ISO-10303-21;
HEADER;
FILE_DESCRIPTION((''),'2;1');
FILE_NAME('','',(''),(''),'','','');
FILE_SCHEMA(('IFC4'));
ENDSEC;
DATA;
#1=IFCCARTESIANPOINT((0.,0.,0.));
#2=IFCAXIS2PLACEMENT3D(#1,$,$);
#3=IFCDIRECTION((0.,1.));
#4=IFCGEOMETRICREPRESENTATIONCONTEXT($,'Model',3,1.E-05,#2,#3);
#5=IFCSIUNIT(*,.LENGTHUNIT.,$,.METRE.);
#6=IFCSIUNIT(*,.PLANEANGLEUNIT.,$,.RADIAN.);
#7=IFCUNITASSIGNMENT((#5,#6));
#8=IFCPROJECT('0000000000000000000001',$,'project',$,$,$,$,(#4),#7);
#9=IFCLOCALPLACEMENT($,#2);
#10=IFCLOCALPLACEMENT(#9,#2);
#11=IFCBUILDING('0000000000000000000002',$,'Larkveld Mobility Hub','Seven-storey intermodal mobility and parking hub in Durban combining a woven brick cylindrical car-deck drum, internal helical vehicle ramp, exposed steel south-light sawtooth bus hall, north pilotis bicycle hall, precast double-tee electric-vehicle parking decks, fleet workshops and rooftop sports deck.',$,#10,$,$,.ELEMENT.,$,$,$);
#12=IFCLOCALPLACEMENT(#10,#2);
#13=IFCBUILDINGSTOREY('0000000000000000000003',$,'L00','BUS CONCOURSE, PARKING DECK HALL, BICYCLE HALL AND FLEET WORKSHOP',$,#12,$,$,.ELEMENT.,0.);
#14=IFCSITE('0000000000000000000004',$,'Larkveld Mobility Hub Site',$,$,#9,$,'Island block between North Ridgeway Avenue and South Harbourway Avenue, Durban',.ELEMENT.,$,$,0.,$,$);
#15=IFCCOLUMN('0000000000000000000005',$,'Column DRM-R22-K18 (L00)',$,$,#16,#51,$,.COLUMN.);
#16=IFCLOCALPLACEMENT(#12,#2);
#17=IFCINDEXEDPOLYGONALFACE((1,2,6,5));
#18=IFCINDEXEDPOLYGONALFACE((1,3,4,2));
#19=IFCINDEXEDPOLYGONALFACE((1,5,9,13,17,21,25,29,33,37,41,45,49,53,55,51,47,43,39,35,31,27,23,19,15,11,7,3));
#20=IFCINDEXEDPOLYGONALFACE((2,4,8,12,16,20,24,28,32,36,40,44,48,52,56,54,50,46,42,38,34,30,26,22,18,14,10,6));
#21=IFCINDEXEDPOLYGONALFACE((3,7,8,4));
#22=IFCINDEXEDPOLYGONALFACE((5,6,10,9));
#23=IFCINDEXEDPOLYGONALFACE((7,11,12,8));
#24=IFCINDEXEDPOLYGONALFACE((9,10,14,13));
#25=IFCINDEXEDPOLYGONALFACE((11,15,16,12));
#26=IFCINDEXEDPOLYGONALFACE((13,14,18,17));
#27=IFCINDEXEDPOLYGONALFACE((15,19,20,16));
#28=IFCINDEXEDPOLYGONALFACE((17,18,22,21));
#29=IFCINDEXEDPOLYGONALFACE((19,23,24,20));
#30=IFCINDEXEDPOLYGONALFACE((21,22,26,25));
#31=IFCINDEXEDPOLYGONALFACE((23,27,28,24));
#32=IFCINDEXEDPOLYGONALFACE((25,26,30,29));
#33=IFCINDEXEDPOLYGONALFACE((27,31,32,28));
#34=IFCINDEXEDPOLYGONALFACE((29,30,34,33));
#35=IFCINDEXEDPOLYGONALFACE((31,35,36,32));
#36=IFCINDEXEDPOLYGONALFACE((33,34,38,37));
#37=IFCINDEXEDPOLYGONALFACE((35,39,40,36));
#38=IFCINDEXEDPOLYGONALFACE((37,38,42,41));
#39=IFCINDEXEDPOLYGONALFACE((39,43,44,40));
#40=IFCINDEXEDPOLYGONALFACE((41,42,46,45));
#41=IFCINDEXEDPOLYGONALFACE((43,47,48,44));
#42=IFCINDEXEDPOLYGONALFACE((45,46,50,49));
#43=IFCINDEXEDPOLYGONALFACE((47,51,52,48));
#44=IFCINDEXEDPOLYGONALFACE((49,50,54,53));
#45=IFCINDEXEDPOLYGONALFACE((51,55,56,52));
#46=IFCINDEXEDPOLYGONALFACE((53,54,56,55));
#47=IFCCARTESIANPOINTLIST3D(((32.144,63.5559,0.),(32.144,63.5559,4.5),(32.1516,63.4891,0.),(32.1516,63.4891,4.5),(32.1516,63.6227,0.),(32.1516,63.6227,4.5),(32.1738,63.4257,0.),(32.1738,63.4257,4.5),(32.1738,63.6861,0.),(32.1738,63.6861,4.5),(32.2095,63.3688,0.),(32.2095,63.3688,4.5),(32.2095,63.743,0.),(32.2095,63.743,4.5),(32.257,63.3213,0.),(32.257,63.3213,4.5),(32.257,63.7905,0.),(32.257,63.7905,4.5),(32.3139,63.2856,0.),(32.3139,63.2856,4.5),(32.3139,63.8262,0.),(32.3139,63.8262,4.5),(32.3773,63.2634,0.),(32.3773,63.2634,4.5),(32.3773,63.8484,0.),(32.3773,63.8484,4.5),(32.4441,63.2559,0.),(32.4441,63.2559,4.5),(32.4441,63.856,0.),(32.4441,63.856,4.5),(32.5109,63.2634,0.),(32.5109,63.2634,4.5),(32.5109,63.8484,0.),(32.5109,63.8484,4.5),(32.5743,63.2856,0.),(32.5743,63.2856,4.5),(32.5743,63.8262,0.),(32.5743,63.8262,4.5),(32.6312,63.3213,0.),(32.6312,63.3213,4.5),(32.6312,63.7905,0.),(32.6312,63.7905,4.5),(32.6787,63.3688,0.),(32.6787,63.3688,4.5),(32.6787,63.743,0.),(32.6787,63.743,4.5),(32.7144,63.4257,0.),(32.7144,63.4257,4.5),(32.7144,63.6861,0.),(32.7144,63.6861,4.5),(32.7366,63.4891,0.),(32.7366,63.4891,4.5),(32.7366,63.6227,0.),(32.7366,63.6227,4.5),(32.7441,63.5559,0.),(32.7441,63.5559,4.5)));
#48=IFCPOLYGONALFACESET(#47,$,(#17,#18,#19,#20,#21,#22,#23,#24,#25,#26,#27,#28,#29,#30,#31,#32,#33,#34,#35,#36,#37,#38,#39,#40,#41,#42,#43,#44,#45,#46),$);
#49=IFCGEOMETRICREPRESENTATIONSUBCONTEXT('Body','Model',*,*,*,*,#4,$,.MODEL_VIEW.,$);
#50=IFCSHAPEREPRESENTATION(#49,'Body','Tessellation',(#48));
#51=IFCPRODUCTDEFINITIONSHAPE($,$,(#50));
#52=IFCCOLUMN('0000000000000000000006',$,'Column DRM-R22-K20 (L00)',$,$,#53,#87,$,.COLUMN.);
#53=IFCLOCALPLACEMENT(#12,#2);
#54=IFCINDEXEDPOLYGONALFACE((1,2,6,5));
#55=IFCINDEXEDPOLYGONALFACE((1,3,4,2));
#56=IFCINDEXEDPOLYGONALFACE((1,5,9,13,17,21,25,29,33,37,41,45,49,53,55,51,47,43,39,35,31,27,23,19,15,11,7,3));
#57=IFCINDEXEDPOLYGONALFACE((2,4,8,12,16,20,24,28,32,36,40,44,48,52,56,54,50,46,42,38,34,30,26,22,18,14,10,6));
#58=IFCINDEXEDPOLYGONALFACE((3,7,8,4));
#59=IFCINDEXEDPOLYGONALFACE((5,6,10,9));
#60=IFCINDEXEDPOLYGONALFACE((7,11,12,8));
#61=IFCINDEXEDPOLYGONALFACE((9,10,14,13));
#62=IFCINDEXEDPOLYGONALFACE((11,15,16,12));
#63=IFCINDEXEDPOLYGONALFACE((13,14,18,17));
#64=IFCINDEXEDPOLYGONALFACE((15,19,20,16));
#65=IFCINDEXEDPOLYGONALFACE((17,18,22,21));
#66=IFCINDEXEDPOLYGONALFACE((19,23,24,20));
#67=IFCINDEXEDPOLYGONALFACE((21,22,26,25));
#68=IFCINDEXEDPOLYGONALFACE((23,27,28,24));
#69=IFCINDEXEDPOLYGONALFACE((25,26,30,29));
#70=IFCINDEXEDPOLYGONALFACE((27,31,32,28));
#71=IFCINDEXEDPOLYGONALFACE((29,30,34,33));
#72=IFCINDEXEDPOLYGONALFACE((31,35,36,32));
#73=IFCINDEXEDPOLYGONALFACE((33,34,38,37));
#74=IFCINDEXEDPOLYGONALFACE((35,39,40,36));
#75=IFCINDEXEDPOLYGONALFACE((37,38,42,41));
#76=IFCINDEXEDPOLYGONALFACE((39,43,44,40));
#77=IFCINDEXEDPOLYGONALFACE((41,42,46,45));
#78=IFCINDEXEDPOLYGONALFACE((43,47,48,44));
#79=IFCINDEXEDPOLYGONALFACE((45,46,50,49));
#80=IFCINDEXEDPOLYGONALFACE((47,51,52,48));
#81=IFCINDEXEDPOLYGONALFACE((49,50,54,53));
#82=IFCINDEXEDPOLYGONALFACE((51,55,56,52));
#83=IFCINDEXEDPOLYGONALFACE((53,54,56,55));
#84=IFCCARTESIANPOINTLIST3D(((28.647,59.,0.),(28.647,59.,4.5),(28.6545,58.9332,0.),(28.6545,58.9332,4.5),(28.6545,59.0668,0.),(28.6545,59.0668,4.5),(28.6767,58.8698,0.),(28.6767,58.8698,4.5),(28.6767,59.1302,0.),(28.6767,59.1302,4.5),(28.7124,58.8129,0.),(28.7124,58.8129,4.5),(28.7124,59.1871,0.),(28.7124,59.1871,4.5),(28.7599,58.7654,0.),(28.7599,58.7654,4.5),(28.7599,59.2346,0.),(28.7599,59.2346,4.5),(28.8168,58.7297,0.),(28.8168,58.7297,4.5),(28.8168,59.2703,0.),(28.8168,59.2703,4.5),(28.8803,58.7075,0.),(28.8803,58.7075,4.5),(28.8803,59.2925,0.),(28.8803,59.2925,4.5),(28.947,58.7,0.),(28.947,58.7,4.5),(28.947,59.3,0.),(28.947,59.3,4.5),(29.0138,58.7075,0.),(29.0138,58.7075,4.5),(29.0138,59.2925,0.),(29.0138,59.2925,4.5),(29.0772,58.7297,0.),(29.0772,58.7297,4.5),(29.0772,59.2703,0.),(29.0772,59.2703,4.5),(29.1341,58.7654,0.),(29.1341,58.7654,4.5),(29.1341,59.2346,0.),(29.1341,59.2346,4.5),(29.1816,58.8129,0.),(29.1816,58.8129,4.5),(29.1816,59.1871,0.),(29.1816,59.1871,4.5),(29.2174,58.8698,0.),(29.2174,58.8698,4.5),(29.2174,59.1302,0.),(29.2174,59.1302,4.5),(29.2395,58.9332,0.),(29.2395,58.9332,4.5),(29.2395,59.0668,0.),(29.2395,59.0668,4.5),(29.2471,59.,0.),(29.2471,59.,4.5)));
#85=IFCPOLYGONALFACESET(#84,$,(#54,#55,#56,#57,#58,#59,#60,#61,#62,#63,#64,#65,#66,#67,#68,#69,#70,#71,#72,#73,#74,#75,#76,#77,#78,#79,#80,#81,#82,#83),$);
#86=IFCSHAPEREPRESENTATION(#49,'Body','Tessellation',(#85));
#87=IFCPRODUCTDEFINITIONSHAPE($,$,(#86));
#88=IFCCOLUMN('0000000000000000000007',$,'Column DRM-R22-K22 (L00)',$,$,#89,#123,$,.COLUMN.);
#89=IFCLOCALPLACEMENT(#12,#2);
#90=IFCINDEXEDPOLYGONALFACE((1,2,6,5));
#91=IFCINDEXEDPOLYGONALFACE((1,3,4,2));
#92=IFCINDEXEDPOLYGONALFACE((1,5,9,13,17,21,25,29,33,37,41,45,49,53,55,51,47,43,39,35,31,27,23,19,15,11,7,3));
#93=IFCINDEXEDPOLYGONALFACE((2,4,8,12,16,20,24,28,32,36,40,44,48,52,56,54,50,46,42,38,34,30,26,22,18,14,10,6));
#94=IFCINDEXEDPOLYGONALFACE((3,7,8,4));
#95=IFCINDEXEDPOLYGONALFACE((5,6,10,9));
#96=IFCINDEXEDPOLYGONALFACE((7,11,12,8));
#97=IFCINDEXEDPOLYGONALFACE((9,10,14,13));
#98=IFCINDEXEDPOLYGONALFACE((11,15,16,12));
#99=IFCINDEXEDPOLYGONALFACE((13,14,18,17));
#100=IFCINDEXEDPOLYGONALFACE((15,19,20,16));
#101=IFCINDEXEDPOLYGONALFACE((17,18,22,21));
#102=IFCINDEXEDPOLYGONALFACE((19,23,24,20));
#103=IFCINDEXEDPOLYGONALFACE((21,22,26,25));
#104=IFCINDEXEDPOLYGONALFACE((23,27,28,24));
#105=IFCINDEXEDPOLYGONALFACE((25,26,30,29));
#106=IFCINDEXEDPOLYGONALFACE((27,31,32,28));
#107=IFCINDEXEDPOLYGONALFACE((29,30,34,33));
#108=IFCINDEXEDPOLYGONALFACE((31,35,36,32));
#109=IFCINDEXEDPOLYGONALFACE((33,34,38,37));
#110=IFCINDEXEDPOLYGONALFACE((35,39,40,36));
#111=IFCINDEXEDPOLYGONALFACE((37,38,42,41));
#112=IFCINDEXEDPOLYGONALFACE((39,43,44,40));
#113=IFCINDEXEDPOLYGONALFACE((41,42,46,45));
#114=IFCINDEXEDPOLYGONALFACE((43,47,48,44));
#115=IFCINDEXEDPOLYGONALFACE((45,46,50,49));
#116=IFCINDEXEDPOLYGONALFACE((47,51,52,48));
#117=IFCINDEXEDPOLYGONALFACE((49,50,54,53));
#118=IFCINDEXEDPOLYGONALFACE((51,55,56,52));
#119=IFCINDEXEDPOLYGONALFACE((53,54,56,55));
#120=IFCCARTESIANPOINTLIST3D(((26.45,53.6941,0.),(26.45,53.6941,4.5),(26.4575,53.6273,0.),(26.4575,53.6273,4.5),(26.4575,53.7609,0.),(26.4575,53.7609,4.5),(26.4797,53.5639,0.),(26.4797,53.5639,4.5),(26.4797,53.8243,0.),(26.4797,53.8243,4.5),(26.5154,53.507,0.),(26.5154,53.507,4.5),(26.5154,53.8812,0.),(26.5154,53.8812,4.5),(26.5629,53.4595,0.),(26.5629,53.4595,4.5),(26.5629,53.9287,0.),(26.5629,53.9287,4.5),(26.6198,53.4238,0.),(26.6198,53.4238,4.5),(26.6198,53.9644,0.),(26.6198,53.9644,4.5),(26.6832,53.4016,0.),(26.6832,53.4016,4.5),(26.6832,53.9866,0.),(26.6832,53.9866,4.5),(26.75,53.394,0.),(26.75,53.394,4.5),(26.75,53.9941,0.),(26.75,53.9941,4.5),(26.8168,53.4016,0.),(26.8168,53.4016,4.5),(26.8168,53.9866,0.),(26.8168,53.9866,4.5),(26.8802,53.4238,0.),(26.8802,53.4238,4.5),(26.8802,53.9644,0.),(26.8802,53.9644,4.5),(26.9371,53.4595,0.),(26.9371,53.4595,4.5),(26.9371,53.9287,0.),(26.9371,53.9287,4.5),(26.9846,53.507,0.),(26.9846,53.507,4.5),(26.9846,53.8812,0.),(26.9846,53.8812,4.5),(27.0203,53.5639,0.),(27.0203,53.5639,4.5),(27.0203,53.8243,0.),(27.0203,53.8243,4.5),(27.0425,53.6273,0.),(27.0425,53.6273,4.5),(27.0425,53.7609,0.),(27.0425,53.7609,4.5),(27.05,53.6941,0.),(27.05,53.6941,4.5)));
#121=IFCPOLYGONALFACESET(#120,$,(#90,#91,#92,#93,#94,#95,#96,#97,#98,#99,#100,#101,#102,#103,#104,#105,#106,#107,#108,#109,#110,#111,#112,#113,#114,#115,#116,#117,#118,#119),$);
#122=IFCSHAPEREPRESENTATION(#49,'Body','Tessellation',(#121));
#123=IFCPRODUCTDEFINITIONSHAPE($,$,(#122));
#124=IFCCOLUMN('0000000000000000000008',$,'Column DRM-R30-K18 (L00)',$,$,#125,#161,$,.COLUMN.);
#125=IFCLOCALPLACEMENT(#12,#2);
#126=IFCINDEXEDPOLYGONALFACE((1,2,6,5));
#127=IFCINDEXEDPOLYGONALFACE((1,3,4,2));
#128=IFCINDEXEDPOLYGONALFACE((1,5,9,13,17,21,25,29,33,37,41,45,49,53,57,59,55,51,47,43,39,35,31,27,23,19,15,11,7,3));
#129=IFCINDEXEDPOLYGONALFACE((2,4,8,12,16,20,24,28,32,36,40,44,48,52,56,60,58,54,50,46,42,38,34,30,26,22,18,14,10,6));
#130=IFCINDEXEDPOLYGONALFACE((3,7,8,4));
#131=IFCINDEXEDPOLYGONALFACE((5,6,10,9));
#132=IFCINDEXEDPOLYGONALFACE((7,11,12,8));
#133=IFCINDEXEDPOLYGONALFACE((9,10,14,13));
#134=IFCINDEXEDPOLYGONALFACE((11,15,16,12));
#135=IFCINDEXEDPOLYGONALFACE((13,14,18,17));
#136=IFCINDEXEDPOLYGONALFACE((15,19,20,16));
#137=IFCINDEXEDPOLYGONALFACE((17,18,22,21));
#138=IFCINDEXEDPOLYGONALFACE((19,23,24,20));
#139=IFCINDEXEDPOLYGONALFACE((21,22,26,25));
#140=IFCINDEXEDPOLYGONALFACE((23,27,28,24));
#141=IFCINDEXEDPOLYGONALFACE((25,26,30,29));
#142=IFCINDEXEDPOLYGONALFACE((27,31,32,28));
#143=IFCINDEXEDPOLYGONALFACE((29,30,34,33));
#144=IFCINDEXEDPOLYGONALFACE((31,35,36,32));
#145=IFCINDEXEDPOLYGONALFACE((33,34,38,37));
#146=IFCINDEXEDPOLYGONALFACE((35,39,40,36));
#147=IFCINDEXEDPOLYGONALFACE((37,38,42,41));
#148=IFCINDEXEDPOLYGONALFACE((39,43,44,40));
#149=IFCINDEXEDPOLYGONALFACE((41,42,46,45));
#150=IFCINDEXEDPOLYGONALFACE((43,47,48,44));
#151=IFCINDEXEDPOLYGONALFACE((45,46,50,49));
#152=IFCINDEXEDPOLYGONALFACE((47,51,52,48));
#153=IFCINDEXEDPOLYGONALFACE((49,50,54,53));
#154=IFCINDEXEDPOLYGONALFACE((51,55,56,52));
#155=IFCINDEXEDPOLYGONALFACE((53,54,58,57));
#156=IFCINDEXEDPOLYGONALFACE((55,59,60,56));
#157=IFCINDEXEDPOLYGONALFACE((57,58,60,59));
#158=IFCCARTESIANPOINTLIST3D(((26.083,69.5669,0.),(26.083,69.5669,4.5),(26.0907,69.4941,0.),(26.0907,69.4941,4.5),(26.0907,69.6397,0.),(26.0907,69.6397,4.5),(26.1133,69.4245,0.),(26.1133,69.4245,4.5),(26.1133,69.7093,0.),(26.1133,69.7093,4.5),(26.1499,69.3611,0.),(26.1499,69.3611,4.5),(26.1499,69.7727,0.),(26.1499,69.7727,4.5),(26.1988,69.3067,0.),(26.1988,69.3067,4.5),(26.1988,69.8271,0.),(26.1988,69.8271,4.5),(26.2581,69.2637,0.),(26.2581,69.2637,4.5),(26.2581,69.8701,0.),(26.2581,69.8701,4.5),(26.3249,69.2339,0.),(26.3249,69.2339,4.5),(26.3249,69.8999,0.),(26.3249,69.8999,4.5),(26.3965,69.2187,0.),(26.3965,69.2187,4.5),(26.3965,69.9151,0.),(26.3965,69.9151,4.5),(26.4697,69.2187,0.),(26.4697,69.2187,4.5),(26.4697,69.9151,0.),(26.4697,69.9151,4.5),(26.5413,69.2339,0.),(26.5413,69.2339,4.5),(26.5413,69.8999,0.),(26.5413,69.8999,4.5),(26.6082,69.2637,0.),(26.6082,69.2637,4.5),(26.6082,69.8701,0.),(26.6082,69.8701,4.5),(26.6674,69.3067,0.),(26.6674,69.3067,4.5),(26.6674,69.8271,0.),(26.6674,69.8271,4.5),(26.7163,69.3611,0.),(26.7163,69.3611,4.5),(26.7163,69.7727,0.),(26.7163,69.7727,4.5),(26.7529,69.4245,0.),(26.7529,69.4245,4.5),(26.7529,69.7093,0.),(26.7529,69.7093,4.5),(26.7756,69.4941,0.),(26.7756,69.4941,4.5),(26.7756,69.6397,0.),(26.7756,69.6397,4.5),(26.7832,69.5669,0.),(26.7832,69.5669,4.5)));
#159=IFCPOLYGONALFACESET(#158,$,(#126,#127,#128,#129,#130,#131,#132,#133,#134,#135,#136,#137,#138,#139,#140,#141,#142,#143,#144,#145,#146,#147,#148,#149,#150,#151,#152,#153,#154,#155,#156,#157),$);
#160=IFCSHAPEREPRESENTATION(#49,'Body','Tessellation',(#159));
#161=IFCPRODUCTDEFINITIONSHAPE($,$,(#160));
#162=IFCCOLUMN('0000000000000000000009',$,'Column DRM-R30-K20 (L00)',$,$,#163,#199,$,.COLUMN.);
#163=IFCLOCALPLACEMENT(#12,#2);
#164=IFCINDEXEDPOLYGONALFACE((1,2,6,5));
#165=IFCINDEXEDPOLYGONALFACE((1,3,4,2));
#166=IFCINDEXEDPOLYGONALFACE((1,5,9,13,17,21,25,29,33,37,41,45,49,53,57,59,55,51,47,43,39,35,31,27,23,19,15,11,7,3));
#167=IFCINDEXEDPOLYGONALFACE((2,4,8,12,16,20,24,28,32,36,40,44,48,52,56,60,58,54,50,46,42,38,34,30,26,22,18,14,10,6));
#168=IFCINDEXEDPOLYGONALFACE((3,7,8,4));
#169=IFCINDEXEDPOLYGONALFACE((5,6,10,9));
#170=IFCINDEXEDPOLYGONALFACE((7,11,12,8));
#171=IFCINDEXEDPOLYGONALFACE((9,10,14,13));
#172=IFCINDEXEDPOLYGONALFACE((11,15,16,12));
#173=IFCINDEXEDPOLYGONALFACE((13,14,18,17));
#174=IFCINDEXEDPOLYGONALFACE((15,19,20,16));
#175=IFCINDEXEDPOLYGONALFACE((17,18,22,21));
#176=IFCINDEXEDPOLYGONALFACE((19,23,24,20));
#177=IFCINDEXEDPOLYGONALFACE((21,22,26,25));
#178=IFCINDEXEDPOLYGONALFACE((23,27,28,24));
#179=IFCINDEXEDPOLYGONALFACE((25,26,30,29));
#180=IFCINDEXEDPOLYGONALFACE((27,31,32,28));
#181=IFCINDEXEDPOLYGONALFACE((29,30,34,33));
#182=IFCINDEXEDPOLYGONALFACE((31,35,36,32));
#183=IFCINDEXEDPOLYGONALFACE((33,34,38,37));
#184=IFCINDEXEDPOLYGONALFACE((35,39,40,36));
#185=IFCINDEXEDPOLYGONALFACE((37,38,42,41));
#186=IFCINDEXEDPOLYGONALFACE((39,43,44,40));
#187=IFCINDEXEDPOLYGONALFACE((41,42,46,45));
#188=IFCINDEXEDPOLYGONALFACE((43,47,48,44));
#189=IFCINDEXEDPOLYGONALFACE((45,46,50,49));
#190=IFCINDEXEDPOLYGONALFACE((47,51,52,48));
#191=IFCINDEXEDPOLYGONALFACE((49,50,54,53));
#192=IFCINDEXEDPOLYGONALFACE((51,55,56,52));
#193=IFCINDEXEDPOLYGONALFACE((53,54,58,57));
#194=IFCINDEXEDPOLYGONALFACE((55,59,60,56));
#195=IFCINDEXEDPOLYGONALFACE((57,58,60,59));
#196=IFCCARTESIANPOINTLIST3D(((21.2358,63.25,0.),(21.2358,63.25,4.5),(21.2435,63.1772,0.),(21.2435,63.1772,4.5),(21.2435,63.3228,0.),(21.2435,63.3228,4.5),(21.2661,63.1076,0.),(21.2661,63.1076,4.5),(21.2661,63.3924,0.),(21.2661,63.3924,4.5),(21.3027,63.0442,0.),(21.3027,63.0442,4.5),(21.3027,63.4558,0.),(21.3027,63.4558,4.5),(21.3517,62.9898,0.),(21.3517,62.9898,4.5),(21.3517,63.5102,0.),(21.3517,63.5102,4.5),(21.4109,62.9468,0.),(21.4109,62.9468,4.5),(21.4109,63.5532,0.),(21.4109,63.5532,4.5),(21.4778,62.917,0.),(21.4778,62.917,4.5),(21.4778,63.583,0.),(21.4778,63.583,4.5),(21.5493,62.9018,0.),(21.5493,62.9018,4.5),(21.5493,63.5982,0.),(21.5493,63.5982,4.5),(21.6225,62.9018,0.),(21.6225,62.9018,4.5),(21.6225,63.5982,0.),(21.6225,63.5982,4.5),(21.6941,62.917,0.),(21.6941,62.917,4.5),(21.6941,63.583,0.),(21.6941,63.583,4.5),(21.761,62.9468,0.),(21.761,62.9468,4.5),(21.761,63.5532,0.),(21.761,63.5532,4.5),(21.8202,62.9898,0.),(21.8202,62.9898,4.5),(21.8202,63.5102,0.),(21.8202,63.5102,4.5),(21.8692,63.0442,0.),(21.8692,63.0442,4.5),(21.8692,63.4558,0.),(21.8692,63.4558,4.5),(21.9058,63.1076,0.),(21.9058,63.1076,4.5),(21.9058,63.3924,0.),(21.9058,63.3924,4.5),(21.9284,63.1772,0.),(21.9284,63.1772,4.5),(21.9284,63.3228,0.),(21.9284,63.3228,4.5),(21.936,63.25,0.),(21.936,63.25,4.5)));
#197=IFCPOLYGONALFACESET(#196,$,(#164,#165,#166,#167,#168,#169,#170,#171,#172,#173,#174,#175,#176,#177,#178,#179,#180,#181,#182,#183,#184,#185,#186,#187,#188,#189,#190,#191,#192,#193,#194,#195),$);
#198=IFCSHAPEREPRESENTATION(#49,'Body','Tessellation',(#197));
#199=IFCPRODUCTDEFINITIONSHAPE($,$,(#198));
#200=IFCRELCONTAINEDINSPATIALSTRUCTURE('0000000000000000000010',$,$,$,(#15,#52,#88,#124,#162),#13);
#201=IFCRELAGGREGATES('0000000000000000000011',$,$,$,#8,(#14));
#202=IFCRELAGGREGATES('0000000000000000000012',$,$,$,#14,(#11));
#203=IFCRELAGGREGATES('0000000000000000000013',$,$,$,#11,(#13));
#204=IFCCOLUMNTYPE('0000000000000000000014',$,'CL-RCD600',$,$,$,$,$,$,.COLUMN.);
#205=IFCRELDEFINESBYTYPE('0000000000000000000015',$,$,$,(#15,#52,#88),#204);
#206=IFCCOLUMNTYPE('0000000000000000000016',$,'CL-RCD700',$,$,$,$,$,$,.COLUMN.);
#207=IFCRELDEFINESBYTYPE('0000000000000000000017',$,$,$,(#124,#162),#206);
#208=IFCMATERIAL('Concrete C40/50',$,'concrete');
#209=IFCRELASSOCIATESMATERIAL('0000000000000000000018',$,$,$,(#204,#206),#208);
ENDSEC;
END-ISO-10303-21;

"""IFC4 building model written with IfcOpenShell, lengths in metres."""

from ifc_helpers import new_model, si_unit, direction, frame, origin, origin_2d, place, context, subcontext, project, spatial, circle, extrude, material, material_profile, profile_set, type_object, element, save


model = new_model("IFC4")

# Units and contexts
model_context = context("Model", 3, precision=1e-05, world=origin(), true_north=direction((0.0, 1.0)))
body_context = subcontext(model_context, "Body", "Model", "MODEL_VIEW")
ifc_project = project(units=[si_unit("LENGTHUNIT", "METRE"), si_unit("PLANEANGLEUNIT", "RADIAN")], contexts=[model_context])

# Site, building, storey
site_placement = place(None, origin())
site = spatial("IfcSite", under=ifc_project, at=site_placement, Name="Larkveld Mobility Hub Site", LongName="Island block between North Ridgeway Avenue and South Harbourway Avenue, Durban", CompositionType="ELEMENT", RefElevation=0.0)
building_placement = place(site_placement, origin())
building = spatial("IfcBuilding", under=site, at=building_placement, Name="Larkveld Mobility Hub", Description="Seven-storey intermodal mobility and parking hub in Durban combining a woven brick cylindrical car-deck drum, internal helical vehicle ramp, exposed steel south-light sawtooth bus hall, north pilotis bicycle hall, precast double-tee electric-vehicle parking decks, fleet workshops and rooftop sports deck.", CompositionType="ELEMENT")
storey_placement = place(building_placement, origin())
storey = spatial("IfcBuildingStorey", under=building, at=storey_placement, Name="L00", Description="BUS CONCOURSE, PARKING DECK HALL, BICYCLE HALL AND FLEET WORKSHOP", CompositionType="ELEMENT", Elevation=0.0)

# Columns
ifc_material_1 = material(Name="Concrete C40/50", Category="concrete")
ifc_material_profile_1 = material_profile(ifc_material_1, circle(Radius=0.3, at=origin_2d()), Name="RC COL D600")
ifc_profile_set_1 = profile_set([ifc_material_profile_1], Name="Concrete C40/50")
column_type_1 = type_object("IfcColumnType", Name="CL-RCD600", PredefinedType="COLUMN", material=ifc_profile_set_1)
for number, where, z_axis, x_axis, name in (
    (1, (32.4441, 63.5559, 0.0), (0.0, 0.0, 1.0), (1.0, 0.0, 0.0), "Column DRM-R22-K18 (L00)"),
    (2, (28.947, 59.0, 0.0), (0.0, 0.0, 1.0), (1.0, 0.0, 0.0), "Column DRM-R22-K20 (L00)"),
    (3, (26.75, 53.6941, 0.0), (0.0, 0.0, 1.0), (1.0, 0.0, 0.0), "Column DRM-R22-K22 (L00)"),
):
    element("IfcColumn", number, at=place(storey_placement, frame(where, z_axis=z_axis, x_axis=x_axis)), inside=storey, type_object=column_type_1, Name=name, PredefinedType="COLUMN", context=body_context, shape_type="SweptSolid", body=[
        extrude(circle(Radius=0.3, at=origin_2d()), origin(), (0.0, 0.0, 1.0), 4.5),
    ])
ifc_material_profile_2 = material_profile(ifc_material_1, circle(Radius=0.3501, at=origin_2d()), Name="RC COL D700")
ifc_profile_set_2 = profile_set([ifc_material_profile_2], Name="Concrete C40/50")
column_type_2 = type_object("IfcColumnType", Name="CL-RCD700", PredefinedType="COLUMN", material=ifc_profile_set_2)
for number, where, z_axis, x_axis, name in (
    (4, (26.4331, 69.5669, 0.0), (0.0, 0.0, 1.0), (1.0, 0.0, 0.0), "Column DRM-R30-K18 (L00)"),
    (5, (21.5859, 63.25, 0.0), (0.0, 0.0, 1.0), (1.0, 0.0, 0.0), "Column DRM-R30-K20 (L00)"),
):
    element("IfcColumn", number, at=place(storey_placement, frame(where, z_axis=z_axis, x_axis=x_axis)), inside=storey, type_object=column_type_2, Name=name, PredefinedType="COLUMN", context=body_context, shape_type="SweptSolid", body=[
        extrude(circle(Radius=0.3501, at=origin_2d()), origin(), (0.0, 0.0, 1.0), 4.5),
    ])

save(model, "model.ifc")
